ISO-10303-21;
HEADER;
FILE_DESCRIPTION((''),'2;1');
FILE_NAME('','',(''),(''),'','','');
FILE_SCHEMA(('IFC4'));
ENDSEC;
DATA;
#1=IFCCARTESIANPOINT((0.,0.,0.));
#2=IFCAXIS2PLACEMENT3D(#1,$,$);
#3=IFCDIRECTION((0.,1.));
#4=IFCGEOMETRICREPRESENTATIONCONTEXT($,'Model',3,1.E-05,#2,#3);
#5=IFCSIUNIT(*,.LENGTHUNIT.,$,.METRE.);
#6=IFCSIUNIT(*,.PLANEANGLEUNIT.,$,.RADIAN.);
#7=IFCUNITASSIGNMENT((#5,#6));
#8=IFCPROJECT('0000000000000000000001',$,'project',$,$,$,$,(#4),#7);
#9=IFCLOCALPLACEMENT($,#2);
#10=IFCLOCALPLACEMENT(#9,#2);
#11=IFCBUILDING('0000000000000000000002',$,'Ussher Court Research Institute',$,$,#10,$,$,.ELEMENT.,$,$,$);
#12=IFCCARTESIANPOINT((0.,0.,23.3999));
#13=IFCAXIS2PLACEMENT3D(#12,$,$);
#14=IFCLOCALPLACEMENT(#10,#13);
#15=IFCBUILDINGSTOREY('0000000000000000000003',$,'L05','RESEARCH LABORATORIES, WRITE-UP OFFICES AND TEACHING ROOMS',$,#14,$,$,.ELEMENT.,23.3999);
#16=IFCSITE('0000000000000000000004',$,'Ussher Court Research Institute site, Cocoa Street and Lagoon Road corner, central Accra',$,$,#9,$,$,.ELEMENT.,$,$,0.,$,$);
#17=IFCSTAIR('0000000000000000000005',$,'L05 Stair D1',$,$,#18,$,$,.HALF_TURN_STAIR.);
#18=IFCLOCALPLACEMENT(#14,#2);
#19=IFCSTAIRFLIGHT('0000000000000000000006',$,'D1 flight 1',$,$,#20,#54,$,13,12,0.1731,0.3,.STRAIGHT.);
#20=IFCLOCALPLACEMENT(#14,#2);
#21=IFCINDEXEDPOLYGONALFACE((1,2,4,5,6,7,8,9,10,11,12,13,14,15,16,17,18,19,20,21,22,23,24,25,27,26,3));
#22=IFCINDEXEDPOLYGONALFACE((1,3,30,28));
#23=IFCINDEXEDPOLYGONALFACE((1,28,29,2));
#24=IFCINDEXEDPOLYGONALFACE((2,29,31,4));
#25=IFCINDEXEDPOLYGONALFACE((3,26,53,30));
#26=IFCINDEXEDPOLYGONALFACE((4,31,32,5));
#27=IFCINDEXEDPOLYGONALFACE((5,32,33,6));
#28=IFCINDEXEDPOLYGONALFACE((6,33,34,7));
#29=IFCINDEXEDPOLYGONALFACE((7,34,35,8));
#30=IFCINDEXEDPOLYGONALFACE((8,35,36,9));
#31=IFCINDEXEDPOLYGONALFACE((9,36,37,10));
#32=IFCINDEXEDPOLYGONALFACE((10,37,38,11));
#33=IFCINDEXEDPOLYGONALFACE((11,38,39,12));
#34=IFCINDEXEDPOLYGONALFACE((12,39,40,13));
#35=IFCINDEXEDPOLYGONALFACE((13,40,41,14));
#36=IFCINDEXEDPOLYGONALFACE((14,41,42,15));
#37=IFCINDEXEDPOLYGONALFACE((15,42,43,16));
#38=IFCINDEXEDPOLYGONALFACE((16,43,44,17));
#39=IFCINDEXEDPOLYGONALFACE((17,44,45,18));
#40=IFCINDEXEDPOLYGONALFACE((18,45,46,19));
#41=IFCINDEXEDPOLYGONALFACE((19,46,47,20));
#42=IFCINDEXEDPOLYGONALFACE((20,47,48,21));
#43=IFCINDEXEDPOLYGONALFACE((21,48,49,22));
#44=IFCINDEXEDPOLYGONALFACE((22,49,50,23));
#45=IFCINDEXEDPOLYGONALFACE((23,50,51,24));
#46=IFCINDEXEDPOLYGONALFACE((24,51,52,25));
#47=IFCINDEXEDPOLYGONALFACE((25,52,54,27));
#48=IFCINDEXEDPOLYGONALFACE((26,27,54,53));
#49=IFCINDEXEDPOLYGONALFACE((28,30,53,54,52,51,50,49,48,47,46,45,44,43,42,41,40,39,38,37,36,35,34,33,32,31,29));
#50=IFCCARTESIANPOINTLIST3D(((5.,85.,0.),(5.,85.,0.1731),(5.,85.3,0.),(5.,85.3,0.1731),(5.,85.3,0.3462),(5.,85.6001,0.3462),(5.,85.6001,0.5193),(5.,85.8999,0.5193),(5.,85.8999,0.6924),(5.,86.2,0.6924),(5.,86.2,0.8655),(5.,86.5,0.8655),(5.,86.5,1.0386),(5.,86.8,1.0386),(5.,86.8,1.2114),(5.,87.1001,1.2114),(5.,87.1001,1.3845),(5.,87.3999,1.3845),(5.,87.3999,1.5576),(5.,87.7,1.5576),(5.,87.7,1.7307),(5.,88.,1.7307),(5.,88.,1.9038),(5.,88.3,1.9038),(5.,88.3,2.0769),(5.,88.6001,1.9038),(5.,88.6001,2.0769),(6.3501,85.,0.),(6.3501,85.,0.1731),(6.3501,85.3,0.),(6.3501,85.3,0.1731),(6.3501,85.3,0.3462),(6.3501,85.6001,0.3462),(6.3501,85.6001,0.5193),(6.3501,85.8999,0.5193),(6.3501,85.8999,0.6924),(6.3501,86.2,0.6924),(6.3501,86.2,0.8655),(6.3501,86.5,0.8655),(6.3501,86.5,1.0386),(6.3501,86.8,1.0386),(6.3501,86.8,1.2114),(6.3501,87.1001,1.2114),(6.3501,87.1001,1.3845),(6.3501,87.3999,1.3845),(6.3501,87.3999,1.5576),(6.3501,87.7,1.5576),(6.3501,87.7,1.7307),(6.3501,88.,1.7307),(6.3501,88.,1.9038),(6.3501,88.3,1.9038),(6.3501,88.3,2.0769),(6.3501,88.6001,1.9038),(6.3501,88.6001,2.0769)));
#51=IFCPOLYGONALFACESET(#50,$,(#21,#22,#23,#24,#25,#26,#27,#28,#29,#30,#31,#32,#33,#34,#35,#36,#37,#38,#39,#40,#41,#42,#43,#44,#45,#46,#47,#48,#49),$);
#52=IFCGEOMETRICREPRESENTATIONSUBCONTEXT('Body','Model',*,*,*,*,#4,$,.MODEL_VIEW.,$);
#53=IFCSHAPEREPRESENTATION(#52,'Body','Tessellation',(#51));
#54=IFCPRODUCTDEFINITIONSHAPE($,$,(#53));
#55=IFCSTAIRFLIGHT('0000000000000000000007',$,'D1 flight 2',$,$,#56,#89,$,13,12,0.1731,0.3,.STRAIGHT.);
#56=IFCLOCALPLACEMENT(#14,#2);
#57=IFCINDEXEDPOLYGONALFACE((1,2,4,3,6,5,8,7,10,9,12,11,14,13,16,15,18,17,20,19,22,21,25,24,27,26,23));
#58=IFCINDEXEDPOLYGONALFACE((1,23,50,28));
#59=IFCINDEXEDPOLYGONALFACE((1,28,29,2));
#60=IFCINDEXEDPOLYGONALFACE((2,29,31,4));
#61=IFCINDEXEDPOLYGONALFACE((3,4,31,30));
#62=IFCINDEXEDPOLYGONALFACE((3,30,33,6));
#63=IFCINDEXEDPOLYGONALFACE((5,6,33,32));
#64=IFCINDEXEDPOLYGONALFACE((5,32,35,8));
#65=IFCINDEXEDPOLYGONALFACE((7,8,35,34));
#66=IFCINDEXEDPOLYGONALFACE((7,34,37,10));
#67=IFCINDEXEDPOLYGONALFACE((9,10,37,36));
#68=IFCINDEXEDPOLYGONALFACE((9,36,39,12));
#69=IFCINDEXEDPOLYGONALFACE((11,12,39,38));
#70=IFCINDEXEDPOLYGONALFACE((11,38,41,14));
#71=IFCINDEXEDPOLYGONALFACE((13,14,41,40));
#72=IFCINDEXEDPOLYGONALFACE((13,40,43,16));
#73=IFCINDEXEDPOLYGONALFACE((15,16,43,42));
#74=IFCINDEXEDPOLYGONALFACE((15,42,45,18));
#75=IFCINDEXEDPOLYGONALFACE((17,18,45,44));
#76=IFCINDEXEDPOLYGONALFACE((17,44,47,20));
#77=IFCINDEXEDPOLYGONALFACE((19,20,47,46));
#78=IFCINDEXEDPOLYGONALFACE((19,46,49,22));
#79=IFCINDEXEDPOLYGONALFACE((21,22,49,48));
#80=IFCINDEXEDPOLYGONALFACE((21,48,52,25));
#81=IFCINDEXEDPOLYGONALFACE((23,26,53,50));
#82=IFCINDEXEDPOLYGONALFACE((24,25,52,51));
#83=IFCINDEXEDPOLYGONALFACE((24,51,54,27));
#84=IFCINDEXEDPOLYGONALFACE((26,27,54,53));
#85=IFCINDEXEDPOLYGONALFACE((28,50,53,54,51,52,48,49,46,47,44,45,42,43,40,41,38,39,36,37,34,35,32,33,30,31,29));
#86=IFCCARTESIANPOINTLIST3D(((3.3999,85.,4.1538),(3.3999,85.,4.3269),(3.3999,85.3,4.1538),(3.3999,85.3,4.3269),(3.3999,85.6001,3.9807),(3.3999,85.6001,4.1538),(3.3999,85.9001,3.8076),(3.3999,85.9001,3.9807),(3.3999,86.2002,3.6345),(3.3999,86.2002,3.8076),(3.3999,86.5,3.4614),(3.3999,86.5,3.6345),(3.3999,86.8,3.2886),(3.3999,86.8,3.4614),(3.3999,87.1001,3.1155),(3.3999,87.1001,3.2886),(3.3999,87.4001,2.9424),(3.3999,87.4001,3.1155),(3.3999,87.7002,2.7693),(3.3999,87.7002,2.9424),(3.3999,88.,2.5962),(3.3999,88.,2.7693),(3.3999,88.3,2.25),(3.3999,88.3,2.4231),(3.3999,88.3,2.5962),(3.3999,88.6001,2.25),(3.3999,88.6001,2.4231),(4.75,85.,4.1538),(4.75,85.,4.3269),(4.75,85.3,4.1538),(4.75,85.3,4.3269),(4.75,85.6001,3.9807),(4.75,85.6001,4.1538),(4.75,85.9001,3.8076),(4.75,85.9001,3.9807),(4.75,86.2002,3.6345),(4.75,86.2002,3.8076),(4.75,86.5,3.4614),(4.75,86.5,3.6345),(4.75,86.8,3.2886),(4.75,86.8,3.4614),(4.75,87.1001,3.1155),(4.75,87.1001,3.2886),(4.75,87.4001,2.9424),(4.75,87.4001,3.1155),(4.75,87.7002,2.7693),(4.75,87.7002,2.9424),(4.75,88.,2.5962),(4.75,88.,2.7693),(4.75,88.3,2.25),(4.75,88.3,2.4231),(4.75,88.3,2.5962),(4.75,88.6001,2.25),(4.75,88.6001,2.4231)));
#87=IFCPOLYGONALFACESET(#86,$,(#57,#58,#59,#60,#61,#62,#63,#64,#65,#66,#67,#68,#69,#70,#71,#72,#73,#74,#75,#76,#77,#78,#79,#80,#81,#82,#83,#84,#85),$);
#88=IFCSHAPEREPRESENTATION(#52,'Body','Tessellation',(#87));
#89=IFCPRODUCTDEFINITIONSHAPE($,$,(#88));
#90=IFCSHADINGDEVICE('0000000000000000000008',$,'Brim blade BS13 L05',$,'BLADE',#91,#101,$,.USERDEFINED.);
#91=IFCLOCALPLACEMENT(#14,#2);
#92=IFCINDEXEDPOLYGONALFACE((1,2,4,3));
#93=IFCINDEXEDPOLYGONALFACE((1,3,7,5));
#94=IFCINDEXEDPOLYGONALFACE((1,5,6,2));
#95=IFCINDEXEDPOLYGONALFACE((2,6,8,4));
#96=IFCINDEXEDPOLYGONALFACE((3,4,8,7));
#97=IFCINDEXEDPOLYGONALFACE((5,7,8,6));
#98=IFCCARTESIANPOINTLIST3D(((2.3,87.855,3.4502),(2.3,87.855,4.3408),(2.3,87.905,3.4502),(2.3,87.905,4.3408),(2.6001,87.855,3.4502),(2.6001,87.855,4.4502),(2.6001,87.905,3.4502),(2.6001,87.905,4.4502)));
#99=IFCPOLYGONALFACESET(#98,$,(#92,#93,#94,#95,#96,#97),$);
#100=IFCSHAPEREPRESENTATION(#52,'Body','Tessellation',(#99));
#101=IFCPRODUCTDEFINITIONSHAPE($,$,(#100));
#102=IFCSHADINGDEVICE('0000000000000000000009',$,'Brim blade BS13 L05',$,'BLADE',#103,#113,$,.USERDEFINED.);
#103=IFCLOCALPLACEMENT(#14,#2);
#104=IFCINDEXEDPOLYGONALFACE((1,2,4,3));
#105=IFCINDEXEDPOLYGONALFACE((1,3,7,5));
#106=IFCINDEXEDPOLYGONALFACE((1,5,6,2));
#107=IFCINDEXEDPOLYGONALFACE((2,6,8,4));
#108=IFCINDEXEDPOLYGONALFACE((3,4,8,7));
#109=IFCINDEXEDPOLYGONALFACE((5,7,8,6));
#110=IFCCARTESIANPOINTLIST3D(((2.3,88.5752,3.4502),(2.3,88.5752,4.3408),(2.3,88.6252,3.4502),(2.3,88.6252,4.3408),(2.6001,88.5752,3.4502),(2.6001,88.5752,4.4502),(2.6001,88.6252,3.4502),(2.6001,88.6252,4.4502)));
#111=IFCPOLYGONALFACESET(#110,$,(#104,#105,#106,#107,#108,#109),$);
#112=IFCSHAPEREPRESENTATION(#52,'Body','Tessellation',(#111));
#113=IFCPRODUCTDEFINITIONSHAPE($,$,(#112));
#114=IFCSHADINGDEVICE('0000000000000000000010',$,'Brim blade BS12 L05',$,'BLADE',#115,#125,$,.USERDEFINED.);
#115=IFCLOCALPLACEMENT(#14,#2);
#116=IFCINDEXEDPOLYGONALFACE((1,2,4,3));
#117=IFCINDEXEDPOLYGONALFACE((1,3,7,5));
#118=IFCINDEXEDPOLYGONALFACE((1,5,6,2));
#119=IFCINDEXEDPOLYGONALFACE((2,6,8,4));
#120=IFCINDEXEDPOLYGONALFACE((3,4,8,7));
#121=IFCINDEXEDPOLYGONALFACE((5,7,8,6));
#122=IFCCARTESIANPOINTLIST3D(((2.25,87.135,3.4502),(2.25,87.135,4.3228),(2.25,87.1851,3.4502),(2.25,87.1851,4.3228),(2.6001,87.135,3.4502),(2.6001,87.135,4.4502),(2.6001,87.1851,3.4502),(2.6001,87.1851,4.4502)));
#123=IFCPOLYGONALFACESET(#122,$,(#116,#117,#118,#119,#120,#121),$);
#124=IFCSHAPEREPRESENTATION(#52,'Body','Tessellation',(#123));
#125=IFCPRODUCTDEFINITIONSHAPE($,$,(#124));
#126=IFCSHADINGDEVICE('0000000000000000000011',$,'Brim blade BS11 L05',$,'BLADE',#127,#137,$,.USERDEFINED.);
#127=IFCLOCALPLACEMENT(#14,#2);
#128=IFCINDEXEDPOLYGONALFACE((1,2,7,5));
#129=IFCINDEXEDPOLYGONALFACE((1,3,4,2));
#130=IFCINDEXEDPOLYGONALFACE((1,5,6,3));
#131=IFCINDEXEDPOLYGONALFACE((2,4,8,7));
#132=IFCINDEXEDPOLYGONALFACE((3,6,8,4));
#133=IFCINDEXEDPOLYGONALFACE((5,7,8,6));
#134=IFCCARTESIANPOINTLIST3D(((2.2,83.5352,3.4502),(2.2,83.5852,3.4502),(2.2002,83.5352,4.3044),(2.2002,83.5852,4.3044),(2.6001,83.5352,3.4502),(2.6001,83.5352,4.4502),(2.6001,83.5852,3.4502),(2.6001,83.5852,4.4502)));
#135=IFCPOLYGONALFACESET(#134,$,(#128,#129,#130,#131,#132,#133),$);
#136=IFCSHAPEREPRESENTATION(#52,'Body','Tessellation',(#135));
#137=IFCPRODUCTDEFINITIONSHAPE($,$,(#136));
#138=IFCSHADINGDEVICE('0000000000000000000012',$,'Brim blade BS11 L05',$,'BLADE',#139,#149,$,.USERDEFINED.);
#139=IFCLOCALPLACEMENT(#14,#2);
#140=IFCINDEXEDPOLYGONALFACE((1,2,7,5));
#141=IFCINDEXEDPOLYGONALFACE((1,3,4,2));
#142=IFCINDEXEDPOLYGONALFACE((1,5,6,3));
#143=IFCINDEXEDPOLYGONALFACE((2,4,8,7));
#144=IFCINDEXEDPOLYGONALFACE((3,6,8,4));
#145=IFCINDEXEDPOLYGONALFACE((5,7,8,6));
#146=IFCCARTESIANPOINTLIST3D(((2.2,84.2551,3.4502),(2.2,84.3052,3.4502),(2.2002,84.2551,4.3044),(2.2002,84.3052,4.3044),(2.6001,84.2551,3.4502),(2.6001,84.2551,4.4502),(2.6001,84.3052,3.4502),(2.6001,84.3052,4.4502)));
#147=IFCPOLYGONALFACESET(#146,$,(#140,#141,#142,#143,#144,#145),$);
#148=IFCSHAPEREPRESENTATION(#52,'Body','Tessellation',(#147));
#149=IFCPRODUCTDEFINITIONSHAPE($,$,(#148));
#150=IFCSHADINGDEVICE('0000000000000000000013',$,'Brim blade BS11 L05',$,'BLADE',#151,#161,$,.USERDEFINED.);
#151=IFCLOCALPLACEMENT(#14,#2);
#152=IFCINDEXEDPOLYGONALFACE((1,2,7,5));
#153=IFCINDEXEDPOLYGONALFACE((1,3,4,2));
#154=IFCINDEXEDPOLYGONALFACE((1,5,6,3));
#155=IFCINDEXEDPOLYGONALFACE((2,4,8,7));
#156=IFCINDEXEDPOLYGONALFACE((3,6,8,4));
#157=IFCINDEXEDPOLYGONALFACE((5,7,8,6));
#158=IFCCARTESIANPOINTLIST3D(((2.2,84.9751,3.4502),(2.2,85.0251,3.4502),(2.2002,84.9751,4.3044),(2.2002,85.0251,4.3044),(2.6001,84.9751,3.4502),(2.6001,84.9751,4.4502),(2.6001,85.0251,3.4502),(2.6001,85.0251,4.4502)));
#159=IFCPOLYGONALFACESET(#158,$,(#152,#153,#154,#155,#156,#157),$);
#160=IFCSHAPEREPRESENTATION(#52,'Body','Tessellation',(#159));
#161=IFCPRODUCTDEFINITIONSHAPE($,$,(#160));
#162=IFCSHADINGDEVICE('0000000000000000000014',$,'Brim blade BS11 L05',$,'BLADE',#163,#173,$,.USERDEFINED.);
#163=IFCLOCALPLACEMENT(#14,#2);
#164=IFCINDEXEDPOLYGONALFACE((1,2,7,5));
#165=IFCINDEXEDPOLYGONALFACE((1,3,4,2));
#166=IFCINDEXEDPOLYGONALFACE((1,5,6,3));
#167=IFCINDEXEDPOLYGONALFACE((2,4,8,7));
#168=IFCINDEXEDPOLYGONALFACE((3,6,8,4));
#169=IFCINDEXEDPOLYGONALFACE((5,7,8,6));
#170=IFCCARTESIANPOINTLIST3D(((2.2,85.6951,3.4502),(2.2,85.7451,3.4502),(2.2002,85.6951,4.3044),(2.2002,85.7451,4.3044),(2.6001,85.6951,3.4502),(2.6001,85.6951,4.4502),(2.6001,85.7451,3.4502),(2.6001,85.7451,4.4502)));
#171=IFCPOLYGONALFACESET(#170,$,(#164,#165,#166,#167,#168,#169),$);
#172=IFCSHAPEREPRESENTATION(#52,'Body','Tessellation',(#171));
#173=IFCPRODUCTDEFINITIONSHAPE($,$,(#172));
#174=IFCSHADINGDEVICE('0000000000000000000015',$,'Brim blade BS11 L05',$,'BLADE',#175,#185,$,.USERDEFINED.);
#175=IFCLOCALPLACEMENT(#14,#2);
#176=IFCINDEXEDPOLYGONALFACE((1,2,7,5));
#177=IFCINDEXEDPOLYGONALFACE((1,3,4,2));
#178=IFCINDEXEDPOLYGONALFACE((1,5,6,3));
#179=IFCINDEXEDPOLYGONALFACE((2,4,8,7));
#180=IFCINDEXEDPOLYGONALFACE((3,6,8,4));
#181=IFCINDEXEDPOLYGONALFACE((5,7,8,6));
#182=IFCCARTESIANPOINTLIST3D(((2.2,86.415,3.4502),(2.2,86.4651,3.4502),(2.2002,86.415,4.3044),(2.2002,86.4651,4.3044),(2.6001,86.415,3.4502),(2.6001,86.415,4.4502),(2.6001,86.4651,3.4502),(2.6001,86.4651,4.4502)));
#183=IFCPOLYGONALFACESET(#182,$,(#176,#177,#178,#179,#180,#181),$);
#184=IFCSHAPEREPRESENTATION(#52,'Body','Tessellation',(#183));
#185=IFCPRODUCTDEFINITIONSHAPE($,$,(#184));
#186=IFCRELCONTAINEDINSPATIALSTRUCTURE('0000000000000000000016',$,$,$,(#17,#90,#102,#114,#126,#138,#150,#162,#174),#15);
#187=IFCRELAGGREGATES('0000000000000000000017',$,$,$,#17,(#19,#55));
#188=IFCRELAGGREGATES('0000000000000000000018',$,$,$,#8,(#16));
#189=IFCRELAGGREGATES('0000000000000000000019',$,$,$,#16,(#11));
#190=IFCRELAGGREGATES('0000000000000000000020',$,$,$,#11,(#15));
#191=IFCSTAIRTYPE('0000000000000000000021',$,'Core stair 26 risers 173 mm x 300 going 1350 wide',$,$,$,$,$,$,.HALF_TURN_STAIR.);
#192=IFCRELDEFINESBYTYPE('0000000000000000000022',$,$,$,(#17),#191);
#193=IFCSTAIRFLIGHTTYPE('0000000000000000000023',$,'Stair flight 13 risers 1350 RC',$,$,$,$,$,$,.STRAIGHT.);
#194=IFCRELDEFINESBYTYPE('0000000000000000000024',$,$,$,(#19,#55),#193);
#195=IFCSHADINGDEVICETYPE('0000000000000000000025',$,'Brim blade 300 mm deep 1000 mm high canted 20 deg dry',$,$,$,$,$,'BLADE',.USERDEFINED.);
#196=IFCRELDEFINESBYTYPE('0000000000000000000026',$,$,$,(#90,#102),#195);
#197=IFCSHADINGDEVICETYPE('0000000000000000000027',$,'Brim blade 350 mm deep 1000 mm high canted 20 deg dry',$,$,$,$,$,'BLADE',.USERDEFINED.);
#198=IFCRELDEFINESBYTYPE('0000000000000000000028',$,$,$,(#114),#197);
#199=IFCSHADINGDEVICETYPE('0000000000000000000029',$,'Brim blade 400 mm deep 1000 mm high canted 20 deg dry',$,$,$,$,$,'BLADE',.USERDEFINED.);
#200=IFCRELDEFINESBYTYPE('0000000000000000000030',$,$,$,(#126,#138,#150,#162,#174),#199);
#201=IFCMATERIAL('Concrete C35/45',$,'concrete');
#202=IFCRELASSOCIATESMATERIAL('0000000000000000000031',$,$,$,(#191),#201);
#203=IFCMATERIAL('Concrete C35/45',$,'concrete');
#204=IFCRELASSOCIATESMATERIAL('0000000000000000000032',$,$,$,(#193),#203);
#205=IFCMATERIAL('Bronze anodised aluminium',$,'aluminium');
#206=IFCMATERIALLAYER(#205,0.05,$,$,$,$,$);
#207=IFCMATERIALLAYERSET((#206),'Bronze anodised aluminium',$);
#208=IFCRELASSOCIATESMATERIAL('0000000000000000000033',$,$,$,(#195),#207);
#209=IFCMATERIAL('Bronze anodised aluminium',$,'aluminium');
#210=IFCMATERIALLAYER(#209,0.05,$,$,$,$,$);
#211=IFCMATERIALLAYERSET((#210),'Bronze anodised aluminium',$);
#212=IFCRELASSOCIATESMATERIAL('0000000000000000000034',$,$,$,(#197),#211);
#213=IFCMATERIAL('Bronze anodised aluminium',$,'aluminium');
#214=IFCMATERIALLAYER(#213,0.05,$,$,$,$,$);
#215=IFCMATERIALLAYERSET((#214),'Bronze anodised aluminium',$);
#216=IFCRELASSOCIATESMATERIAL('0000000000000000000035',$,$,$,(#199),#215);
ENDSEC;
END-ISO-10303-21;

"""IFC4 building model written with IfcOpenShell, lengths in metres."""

from ifc_helpers import new_model, si_unit, direction, frame, origin, place, context, subcontext, project, spatial, polyline, outline, extrude, material, layer, layer_set, type_object, element, aggregate, save


model = new_model("IFC4")

# Units and contexts
model_context = context("Model", 3, precision=1e-05, world=origin(), true_north=direction((0.0, 1.0)))
body_context = subcontext(model_context, "Body", "Model", "MODEL_VIEW")
ifc_project = project(units=[si_unit("LENGTHUNIT", "METRE"), si_unit("PLANEANGLEUNIT", "RADIAN")], contexts=[model_context])

# Site, building, storey
site_placement = place(None, origin())
site = spatial("IfcSite", under=ifc_project, at=site_placement, Name="Ussher Court Research Institute site, Cocoa Street and Lagoon Road corner, central Accra", CompositionType="ELEMENT", RefElevation=0.0)
building_placement = place(site_placement, origin())
building = spatial("IfcBuilding", under=site, at=building_placement, Name="Ussher Court Research Institute", CompositionType="ELEMENT")
storey_placement = place(building_placement, frame((0.0, 0.0, 23.3999)))
storey = spatial("IfcBuildingStorey", under=building, at=storey_placement, Name="L05", Description="RESEARCH LABORATORIES, WRITE-UP OFFICES AND TEACHING ROOMS", CompositionType="ELEMENT", Elevation=23.3999)

# Stair, stair flights
ifc_material_1 = material(Name="Concrete C35/45", Category="concrete")
stair_type = type_object("IfcStairType", Name="Core stair 26 risers 173 mm x 300 going 1350 wide", PredefinedType="HALF_TURN_STAIR", material=ifc_material_1)
stair_placement = place(storey_placement, origin())
stair = element("IfcStair", 1, at=stair_placement, inside=storey, type_object=stair_type, Name="L05 Stair D1", PredefinedType="HALF_TURN_STAIR")
ifc_material_2 = material(Name="Concrete C35/45", Category="concrete")
stair_flight_type = type_object("IfcStairFlightType", Name="Stair flight 13 risers 1350 RC", PredefinedType="STRAIGHT", material=ifc_material_2)
stair_flight_1_placement = place(storey_placement, frame((5.675, 85.0, 0.0), z_axis=(0.0, 0.0, 1.0), x_axis=(0.0, 1.0, 0.0)))
stair_flight_1 = element("IfcStairFlight", 2, at=stair_flight_1_placement, type_object=stair_flight_type, Name="D1 flight 1", NumberOfRisers=13, NumberOfTreads=12, PredefinedType="STRAIGHT", RiserHeight=0.1731, TreadLength=0.3, context=body_context, shape_type="SweptSolid", body=[
    extrude(outline(polyline([(0.0, 0.0), (0.0, 0.1731), (0.3, 0.1731), (0.3, 0.3462), (0.6001, 0.3462), (0.6001, 0.5193), (0.8999, 0.5193), (0.8999, 0.6924), (1.2, 0.6924), (1.2, 0.8655), (1.5, 0.8655), (1.5, 1.0386), (1.8, 1.0386), (1.8, 1.2114), (2.1001, 1.2114), (2.1001, 1.3845), (2.3999, 1.3845), (2.3999, 1.5576), (2.7, 1.5576), (2.7, 1.7307), (3.0, 1.7307), (3.0, 1.9038), (3.3, 1.9038), (3.3, 2.0769), (3.6001, 2.0769), (3.6001, 2.25), (3.6001, 1.9038), (0.3, 0.0), (0.0, 0.0)])), frame((0.0, 0.675, 0.0), z_axis=(0.0, -1.0, 0.0), x_axis=(1.0, 0.0, 0.0)), (0.0, 0.0, 1.0), 1.3501),
])
stair_flight_2_placement = place(storey_placement, frame((4.075, 88.6001, 2.25), z_axis=(0.0, 0.0, 1.0), x_axis=(0.0, -1.0, 0.0)))
stair_flight_2 = element("IfcStairFlight", 3, at=stair_flight_2_placement, type_object=stair_flight_type, Name="D1 flight 2", NumberOfRisers=13, NumberOfTreads=12, PredefinedType="STRAIGHT", RiserHeight=0.1731, TreadLength=0.3, context=body_context, shape_type="SweptSolid", body=[
    extrude(outline(polyline([(0.0, 0.0), (0.0, 0.1731), (0.3, 0.1731), (0.3, 0.3462), (0.6001, 0.3462), (0.6001, 0.5193), (0.8999, 0.5193), (0.8999, 0.6924), (1.2, 0.6924), (1.2, 0.8655), (1.5, 0.8655), (1.5, 1.0386), (1.8, 1.0386), (1.8, 1.2114), (2.1001, 1.2114), (2.1001, 1.3845), (2.3999, 1.3845), (2.3999, 1.5576), (2.7, 1.5576), (2.7, 1.7307), (3.0, 1.7307), (3.0, 1.9038), (3.3, 1.9038), (3.3, 2.0769), (3.6001, 2.0769), (3.6001, 2.25), (3.6001, 1.9038), (0.3, 0.0), (0.0, 0.0)])), frame((0.0, 0.675, 0.0), z_axis=(0.0, -1.0, 0.0), x_axis=(1.0, 0.0, 0.0)), (0.0, 0.0, 1.0), 1.3501),
])
aggregate(stair, [stair_flight_1, stair_flight_2])

# Shading devices
ifc_material_3 = material(Name="Bronze anodised aluminium", Category="aluminium")
ifc_layer_1 = layer(ifc_material_3, 0.05)
ifc_layer_set_1 = layer_set([ifc_layer_1], Name="Bronze anodised aluminium")
shading_device_type_1 = type_object("IfcShadingDeviceType", Name="Brim blade 300 mm deep 1000 mm high canted 20 deg dry", ElementType="BLADE", PredefinedType="USERDEFINED", material=ifc_layer_set_1)
for number, where, z_axis, x_axis, name in (
    (4, (2.6001, 87.8799, 3.4502), (0.0, 0.0, 1.0), (-1.0, 0.0, 0.0), "Brim blade BS13 L05"),
    (5, (2.6001, 88.6001, 3.4502), (0.0, 0.0, 1.0), (-1.0, 0.0, 0.0), "Brim blade BS13 L05"),
):
    element("IfcShadingDevice", number, at=place(storey_placement, frame(where, z_axis=z_axis, x_axis=x_axis)), inside=storey, type_object=shading_device_type_1, Name=name, ObjectType="BLADE", PredefinedType="USERDEFINED", context=body_context, shape_type="SweptSolid", body=[
        extrude(outline(polyline([(0.0, 0.0), (0.3, 0.0), (0.3, 0.8906), (0.0, 1.0), (0.0, 0.0)])), frame((0.0, 0.0249, 0.0), z_axis=(0.0, -1.0, 0.0), x_axis=(1.0, 0.0, 0.0)), (0.0, 0.0, 1.0), 0.05),
    ])
ifc_material_4 = material(Name="Bronze anodised aluminium", Category="aluminium")
ifc_layer_2 = layer(ifc_material_4, 0.05)
ifc_layer_set_2 = layer_set([ifc_layer_2], Name="Bronze anodised aluminium")
shading_device_type_2 = type_object("IfcShadingDeviceType", Name="Brim blade 350 mm deep 1000 mm high canted 20 deg dry", ElementType="BLADE", PredefinedType="USERDEFINED", material=ifc_layer_set_2)
shading_device_placement = place(storey_placement, frame((2.6001, 87.1599, 3.4502), z_axis=(0.0, 0.0, 1.0), x_axis=(-1.0, 0.0, 0.0)))
element("IfcShadingDevice", 6, at=shading_device_placement, inside=storey, type_object=shading_device_type_2, Name="Brim blade BS12 L05", ObjectType="BLADE", PredefinedType="USERDEFINED", context=body_context, shape_type="SweptSolid", body=[
    extrude(outline(polyline([(0.0, 0.0), (0.3501, 0.0), (0.3501, 0.8726), (0.0, 1.0), (0.0, 0.0)])), frame((0.0, 0.0249, 0.0), z_axis=(0.0, -1.0, 0.0), x_axis=(1.0, 0.0, 0.0)), (0.0, 0.0, 1.0), 0.05),
])
ifc_material_5 = material(Name="Bronze anodised aluminium", Category="aluminium")
ifc_layer_3 = layer(ifc_material_5, 0.05)
ifc_layer_set_3 = layer_set([ifc_layer_3], Name="Bronze anodised aluminium")
shading_device_type_3 = type_object("IfcShadingDeviceType", Name="Brim blade 400 mm deep 1000 mm high canted 20 deg dry", ElementType="BLADE", PredefinedType="USERDEFINED", material=ifc_layer_set_3)
for number, where, z_axis, x_axis, name in (
    (7, (2.6001, 83.5601, 3.4502), (0.0, 0.0, 1.0), (-1.0, 0.0, 0.0), "Brim blade BS11 L05"),
    (8, (2.6001, 84.28, 3.4502), (0.0, 0.0, 1.0), (-1.0, 0.0, 0.0), "Brim blade BS11 L05"),
    (9, (2.6001, 85.0, 3.4502), (0.0, 0.0, 1.0), (-1.0, 0.0, 0.0), "Brim blade BS11 L05"),
    (10, (2.6001, 85.72, 3.4502), (0.0, 0.0, 1.0), (-1.0, 0.0, 0.0), "Brim blade BS11 L05"),
    (11, (2.6001, 86.4399, 3.4502), (0.0, 0.0, 1.0), (-1.0, 0.0, 0.0), "Brim blade BS11 L05"),
):
    element("IfcShadingDevice", number, at=place(storey_placement, frame(where, z_axis=z_axis, x_axis=x_axis)), inside=storey, type_object=shading_device_type_3, Name=name, ObjectType="BLADE", PredefinedType="USERDEFINED", context=body_context, shape_type="SweptSolid", body=[
        extrude(outline(polyline([(0.0, 0.0), (0.4001, 0.0), (0.3999, 0.8542), (0.0, 1.0), (0.0, 0.0)])), frame((0.0, 0.0249, 0.0), z_axis=(0.0, -1.0, 0.0), x_axis=(1.0, 0.0, 0.0)), (0.0, 0.0, 1.0), 0.05),
    ])

save(model, "model.ifc")
